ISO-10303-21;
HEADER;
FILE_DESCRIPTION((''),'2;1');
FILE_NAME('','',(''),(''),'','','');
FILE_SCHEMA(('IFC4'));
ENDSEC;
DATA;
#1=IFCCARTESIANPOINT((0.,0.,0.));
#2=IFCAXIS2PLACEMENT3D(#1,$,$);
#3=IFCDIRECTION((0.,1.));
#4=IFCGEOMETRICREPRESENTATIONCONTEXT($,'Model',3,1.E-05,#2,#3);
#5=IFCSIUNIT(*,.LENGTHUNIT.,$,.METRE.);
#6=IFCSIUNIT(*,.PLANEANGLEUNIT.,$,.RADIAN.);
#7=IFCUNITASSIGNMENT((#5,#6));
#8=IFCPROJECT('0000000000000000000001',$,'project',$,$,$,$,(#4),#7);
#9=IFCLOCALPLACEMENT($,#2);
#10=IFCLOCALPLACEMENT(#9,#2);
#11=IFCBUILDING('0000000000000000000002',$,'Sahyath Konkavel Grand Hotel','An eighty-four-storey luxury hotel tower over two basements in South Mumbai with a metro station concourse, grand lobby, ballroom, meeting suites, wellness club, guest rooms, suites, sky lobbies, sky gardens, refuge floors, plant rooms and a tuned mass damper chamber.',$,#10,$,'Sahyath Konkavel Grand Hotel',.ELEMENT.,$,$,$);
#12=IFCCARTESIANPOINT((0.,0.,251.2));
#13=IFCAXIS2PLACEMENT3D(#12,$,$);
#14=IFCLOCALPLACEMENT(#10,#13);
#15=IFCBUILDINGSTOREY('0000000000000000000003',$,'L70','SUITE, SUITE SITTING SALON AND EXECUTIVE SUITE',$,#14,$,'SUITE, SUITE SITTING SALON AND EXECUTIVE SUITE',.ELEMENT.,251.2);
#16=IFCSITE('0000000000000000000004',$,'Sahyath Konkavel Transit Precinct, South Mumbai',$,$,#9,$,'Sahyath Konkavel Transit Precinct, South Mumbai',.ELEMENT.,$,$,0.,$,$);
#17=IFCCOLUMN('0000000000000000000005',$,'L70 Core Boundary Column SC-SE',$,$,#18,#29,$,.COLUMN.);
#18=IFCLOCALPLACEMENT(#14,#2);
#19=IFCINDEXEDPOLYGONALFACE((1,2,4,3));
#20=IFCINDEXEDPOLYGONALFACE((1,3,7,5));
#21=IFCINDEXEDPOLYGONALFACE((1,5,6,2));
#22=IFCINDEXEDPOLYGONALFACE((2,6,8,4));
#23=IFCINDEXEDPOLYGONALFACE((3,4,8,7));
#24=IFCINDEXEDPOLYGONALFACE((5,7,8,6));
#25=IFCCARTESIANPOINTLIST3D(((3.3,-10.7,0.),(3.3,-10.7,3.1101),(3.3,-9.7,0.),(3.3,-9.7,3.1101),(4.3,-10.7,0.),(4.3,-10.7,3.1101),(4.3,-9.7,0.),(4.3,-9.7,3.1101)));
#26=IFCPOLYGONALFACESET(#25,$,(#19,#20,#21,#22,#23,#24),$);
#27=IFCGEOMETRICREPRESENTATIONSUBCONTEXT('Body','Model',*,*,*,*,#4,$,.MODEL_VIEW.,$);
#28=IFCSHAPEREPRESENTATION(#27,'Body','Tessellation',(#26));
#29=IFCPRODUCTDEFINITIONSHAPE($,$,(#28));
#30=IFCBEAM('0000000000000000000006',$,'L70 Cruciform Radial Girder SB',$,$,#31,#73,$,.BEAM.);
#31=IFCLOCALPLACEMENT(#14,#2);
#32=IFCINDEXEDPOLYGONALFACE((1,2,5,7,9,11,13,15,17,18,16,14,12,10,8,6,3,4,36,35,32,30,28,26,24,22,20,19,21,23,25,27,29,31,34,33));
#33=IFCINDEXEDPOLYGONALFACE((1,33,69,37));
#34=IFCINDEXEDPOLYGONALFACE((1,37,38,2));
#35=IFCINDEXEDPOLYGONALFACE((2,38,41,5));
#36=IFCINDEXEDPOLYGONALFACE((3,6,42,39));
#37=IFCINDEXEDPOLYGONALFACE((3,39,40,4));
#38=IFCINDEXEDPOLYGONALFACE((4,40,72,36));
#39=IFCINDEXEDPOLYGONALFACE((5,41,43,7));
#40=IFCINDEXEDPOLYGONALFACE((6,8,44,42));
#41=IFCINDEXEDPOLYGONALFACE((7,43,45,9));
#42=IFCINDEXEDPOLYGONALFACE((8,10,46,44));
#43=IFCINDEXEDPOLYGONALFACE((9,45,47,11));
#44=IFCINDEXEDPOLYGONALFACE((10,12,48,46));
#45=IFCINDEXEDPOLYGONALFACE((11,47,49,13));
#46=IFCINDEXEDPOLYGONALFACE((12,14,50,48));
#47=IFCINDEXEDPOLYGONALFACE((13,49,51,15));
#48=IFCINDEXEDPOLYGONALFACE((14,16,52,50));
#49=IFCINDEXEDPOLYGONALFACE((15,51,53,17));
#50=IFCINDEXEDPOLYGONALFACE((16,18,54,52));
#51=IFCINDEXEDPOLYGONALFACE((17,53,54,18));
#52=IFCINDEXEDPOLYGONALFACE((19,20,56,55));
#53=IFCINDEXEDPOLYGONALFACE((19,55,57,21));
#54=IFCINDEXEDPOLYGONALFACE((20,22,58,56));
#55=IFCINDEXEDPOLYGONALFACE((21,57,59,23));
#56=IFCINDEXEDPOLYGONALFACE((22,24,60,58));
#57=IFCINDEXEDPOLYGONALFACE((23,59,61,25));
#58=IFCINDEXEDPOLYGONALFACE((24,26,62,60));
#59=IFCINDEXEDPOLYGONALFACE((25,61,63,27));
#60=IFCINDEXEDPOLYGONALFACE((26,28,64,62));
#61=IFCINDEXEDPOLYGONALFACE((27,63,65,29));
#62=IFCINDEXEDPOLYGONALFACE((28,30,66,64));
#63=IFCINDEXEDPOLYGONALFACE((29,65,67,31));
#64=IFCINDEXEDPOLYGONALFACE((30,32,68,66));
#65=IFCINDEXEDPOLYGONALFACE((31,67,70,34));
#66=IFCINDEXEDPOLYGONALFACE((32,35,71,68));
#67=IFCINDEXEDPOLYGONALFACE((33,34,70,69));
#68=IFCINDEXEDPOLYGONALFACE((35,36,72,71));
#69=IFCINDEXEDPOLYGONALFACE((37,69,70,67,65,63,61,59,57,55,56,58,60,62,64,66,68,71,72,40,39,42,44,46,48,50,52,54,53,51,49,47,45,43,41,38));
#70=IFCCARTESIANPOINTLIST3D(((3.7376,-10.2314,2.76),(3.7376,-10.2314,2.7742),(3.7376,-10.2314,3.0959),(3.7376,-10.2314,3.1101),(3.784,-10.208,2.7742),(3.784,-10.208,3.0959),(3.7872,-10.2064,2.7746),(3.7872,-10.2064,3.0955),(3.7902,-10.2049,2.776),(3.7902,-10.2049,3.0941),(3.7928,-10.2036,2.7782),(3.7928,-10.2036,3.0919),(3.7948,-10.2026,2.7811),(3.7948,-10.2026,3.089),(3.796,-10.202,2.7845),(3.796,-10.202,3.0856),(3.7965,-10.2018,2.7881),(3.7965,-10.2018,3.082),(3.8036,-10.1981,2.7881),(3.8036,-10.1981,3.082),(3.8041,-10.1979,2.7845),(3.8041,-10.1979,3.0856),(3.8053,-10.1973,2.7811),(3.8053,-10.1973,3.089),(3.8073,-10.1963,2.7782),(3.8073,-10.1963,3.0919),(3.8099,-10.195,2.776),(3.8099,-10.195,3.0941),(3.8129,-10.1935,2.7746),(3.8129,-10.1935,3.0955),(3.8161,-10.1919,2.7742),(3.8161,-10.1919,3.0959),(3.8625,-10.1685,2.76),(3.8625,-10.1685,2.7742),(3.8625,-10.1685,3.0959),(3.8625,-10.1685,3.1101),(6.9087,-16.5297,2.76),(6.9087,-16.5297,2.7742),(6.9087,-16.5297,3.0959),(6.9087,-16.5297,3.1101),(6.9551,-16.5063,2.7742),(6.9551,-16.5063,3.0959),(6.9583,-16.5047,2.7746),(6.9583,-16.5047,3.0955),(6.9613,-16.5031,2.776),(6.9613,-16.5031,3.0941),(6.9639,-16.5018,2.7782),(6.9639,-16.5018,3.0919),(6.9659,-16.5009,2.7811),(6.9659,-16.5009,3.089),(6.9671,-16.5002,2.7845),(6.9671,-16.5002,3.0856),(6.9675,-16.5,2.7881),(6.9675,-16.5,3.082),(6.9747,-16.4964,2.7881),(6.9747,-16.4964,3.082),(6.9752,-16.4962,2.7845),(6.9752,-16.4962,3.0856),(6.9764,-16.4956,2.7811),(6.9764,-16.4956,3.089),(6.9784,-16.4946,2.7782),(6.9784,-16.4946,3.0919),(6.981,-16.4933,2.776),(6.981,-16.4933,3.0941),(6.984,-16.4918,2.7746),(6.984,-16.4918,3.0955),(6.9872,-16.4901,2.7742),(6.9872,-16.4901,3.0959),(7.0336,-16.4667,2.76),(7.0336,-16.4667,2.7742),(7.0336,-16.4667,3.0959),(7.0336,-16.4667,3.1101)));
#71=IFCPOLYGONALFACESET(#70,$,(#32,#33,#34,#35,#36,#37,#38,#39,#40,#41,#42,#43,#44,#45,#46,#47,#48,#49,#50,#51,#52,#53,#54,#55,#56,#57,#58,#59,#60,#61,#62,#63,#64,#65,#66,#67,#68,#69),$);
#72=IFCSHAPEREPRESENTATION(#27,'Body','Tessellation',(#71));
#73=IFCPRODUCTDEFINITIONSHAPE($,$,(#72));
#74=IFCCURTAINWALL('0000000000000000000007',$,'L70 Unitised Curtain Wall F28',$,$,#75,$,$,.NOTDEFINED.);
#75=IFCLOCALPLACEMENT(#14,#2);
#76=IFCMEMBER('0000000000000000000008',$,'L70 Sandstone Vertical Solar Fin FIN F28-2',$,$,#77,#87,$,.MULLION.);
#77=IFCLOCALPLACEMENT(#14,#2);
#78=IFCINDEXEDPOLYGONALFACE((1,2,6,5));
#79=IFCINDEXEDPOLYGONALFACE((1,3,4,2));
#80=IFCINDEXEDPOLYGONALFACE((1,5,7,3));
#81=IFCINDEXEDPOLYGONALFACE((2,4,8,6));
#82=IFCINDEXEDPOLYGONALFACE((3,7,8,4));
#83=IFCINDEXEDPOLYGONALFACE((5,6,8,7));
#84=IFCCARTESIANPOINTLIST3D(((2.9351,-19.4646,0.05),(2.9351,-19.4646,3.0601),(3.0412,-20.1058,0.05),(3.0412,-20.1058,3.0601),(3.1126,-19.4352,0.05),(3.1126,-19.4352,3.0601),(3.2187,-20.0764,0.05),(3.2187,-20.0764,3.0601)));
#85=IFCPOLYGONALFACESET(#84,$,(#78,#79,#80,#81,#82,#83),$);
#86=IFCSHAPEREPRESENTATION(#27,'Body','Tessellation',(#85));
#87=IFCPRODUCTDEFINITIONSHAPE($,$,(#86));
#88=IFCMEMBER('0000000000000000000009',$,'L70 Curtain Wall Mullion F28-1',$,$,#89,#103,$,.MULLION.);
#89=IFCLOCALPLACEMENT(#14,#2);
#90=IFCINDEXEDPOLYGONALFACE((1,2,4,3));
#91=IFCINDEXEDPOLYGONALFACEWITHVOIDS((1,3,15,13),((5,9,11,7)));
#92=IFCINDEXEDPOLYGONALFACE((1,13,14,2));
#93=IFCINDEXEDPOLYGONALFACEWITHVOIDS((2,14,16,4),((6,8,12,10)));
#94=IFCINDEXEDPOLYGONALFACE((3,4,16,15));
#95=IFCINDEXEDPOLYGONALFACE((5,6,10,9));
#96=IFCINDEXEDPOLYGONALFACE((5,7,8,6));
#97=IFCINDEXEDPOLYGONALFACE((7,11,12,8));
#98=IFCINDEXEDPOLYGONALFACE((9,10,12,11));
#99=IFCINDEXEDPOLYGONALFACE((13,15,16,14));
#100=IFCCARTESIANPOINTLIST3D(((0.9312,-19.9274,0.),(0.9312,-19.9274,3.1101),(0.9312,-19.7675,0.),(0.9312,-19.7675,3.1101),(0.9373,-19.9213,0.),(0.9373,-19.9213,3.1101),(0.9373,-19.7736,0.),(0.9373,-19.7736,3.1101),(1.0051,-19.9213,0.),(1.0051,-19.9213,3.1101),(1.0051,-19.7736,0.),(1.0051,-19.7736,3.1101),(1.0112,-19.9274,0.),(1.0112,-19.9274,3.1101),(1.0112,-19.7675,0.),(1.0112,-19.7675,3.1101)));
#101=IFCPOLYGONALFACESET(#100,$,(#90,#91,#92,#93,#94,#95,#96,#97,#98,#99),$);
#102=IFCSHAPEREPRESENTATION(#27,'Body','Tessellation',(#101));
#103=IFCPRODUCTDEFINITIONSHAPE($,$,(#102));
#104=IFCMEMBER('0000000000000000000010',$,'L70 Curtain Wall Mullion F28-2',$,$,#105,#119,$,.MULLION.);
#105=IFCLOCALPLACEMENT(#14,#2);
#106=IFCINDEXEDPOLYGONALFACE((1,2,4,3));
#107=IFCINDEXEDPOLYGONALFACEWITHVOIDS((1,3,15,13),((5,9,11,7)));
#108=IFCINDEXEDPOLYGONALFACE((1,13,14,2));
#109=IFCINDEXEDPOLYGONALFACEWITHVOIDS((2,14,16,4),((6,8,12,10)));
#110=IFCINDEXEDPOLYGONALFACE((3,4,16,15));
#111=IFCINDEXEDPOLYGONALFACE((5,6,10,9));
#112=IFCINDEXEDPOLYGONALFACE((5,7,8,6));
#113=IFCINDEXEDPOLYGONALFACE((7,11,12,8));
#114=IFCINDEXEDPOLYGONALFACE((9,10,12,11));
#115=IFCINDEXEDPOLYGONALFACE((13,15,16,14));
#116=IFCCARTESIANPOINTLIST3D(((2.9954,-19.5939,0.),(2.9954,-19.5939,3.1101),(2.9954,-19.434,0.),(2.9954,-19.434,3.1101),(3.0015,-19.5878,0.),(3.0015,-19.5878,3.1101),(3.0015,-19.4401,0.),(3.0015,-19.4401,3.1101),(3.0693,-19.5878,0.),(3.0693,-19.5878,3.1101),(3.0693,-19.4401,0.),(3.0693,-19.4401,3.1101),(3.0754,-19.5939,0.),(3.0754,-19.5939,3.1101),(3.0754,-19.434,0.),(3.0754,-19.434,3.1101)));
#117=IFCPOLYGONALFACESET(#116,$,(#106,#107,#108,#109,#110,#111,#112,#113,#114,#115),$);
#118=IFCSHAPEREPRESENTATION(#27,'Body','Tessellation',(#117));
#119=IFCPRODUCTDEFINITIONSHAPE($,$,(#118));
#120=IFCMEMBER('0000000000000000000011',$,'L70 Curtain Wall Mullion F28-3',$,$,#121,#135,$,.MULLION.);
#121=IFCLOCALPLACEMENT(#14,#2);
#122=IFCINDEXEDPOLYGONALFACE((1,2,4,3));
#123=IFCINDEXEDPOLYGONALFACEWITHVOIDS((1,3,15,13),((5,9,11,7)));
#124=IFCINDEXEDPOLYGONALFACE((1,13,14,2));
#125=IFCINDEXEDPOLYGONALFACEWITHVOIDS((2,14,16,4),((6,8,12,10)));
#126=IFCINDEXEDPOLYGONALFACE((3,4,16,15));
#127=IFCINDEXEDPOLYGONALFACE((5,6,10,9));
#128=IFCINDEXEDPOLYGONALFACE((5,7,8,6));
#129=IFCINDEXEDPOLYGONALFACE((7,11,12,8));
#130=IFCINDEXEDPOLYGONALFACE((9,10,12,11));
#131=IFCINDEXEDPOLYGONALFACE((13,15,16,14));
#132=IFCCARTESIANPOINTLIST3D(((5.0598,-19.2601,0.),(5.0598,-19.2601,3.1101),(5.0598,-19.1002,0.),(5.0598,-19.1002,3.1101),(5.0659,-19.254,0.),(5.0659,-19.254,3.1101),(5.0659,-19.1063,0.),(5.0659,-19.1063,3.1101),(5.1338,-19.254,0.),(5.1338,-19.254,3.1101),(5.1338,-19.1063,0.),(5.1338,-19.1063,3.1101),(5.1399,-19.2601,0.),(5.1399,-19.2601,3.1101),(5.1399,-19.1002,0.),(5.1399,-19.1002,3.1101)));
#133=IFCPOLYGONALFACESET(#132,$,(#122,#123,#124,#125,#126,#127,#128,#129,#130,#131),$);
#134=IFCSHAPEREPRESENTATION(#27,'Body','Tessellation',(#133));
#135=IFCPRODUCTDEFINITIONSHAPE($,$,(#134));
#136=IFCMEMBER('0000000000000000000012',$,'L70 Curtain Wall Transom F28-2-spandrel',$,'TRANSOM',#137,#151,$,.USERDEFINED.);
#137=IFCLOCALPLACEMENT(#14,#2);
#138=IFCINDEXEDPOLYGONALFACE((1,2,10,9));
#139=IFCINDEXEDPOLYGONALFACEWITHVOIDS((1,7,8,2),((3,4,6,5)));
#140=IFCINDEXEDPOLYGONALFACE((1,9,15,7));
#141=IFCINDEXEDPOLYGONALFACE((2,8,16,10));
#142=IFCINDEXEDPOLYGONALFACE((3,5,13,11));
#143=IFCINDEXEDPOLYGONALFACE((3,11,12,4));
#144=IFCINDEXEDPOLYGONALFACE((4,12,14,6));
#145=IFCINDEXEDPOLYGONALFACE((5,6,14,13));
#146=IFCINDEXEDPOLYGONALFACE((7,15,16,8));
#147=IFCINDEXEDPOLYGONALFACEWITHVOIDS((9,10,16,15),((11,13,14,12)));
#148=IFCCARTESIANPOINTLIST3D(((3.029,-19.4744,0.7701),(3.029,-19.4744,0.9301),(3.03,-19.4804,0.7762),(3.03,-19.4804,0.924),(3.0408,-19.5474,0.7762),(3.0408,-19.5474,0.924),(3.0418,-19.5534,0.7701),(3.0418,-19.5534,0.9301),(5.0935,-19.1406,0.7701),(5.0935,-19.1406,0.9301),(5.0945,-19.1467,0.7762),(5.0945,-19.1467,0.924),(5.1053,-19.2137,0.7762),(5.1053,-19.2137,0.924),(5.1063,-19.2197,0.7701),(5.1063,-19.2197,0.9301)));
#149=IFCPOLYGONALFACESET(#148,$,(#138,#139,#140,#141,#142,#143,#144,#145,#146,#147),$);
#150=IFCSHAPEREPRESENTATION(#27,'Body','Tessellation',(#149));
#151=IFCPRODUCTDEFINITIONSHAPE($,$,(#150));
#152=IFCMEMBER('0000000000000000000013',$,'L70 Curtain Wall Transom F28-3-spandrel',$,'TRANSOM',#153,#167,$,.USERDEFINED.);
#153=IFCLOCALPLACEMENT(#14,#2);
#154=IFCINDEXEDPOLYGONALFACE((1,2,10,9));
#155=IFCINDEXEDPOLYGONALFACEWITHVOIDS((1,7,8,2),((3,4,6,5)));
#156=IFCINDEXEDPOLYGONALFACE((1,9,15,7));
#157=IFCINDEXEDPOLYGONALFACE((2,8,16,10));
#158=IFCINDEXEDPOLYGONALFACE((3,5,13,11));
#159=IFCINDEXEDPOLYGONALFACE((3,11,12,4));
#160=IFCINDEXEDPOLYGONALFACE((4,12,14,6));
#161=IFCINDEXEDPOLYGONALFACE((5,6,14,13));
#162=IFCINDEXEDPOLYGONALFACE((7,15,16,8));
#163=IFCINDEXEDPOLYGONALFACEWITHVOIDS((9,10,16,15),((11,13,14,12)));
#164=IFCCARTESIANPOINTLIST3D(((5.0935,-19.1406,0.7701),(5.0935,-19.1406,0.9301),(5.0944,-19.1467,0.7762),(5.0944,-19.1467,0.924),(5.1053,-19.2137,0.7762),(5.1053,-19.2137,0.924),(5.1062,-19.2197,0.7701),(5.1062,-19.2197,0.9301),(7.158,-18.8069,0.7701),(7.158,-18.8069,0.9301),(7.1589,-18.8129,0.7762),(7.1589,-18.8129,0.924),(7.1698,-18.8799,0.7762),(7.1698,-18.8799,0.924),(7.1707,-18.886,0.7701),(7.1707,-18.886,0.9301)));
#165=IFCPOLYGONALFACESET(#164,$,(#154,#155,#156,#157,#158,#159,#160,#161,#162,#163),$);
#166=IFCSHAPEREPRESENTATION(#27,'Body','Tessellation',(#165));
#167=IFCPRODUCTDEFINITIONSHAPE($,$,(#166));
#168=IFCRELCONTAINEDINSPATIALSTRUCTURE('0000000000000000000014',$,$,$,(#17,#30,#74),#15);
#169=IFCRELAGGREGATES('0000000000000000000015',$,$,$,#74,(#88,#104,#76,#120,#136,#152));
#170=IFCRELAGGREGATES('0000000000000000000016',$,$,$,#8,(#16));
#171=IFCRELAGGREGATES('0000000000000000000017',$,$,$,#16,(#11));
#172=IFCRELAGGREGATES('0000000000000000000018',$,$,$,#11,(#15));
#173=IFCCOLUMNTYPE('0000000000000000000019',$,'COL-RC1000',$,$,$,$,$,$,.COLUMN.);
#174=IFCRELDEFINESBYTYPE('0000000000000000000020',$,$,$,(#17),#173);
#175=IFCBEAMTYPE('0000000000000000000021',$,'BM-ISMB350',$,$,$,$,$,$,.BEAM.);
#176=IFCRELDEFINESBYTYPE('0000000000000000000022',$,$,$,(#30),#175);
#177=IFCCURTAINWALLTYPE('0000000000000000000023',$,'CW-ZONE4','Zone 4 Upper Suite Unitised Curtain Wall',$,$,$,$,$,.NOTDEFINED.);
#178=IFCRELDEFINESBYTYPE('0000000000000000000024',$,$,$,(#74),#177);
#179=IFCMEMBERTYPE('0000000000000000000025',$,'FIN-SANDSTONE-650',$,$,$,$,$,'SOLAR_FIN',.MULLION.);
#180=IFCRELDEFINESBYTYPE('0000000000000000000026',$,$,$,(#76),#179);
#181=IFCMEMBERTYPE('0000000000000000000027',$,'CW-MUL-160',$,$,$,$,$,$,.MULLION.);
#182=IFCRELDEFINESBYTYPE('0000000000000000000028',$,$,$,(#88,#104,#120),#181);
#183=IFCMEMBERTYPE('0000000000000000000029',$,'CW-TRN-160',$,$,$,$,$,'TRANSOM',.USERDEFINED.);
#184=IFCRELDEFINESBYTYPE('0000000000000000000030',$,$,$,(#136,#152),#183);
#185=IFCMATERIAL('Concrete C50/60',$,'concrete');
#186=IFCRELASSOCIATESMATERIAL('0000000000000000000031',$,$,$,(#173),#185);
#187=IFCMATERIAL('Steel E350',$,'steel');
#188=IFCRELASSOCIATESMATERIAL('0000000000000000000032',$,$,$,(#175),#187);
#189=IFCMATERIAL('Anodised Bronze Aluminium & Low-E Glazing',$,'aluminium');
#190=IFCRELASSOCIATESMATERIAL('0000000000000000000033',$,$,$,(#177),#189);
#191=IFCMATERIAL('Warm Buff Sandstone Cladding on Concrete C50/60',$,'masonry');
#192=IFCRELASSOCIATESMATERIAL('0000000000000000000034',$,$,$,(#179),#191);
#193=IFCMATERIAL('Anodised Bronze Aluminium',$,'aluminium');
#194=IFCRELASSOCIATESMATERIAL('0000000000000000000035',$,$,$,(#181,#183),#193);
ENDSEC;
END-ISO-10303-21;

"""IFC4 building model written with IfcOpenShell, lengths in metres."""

from ifc_helpers import new_model, si_unit, direction, frame, origin, origin_2d, place, context, subcontext, project, spatial, rectangle, hollow_rectangle, i_section, extrude, source, transform, mapped, material, material_profile, profile_set, type_object, element, aggregate, save


model = new_model("IFC4")

# Units and contexts
model_context = context("Model", 3, precision=1e-05, world=origin(), true_north=direction((0.0, 1.0)))
body_context = subcontext(model_context, "Body", "Model", "MODEL_VIEW")
ifc_project = project(units=[si_unit("LENGTHUNIT", "METRE"), si_unit("PLANEANGLEUNIT", "RADIAN")], contexts=[model_context])

# Site, building, storey
site_placement = place(None, origin())
site = spatial("IfcSite", under=ifc_project, at=site_placement, Name="Sahyath Konkavel Transit Precinct, South Mumbai", LongName="Sahyath Konkavel Transit Precinct, South Mumbai", CompositionType="ELEMENT", RefElevation=0.0)
building_placement = place(site_placement, origin())
building = spatial("IfcBuilding", under=site, at=building_placement, Name="Sahyath Konkavel Grand Hotel", Description="An eighty-four-storey luxury hotel tower over two basements in South Mumbai with a metro station concourse, grand lobby, ballroom, meeting suites, wellness club, guest rooms, suites, sky lobbies, sky gardens, refuge floors, plant rooms and a tuned mass damper chamber.", LongName="Sahyath Konkavel Grand Hotel", CompositionType="ELEMENT")
storey_placement = place(building_placement, frame((0.0, 0.0, 251.2)))
storey = spatial("IfcBuildingStorey", under=building, at=storey_placement, Name="L70", Description="SUITE, SUITE SITTING SALON AND EXECUTIVE SUITE", LongName="SUITE, SUITE SITTING SALON AND EXECUTIVE SUITE", CompositionType="ELEMENT", Elevation=251.2)

# Column
ifc_material_1 = material(Name="Concrete C50/60", Category="concrete")
ifc_material_profile_1 = material_profile(ifc_material_1, rectangle(XDim=1.0, YDim=1.0, at=origin_2d()), Name="RC 1000x1000")
ifc_profile_set_1 = profile_set([ifc_material_profile_1], Name="Concrete C50/60")
column_type = type_object("IfcColumnType", Name="COL-RC1000", PredefinedType="COLUMN", material=ifc_profile_set_1)
shared_shape_1 = source(origin(), body_context, "Body", "SweptSolid", [
    extrude(rectangle(XDim=1.0, YDim=1.0, at=origin_2d()), origin(), (0.0, 0.0, 1.0), 3.1101),
])
column_placement = place(storey_placement, frame((3.8, -10.2, 0.0), z_axis=(0.0, 0.0, 1.0), x_axis=(1.0, 0.0, 0.0)))
element("IfcColumn", 1, at=column_placement, inside=storey, type_object=column_type, Name="L70 Core Boundary Column SC-SE", PredefinedType="COLUMN", context=body_context, shape_type="MappedRepresentation", body=[
    mapped(shared_shape_1, transform((0.0, 0.0, 0.0), scale=1.0)),
])

# Beam
ifc_material_2 = material(Name="Steel E350", Category="steel")
ifc_material_profile_2 = material_profile(ifc_material_2, i_section(OverallWidth=0.1399, OverallDepth=0.3501, WebThickness=0.0081, FlangeThickness=0.0142, FilletRadius=0.0139, at=origin_2d()), Name="ISMB 350")
ifc_profile_set_2 = profile_set([ifc_material_profile_2], Name="Steel E350")
beam_type_1 = type_object("IfcBeamType", Name="BM-ISMB350", PredefinedType="BEAM", material=ifc_profile_set_2)
shared_shape_2 = source(origin(), body_context, "Body", "SweptSolid", [
    extrude(i_section(OverallWidth=0.1399, OverallDepth=0.3501, WebThickness=0.0081, FlangeThickness=0.0142, FilletRadius=0.0139, at=origin_2d()), origin(), (0.0, 0.0, 1.0), 7.0515),
])
beam_1_placement = place(storey_placement, frame((3.8, -10.2, 2.9351), z_axis=(0.449705, -0.893177, 0.0), x_axis=(0.893177, 0.449705, 0.0)))
element("IfcBeam", 2, at=beam_1_placement, inside=storey, type_object=beam_type_1, Name="L70 Cruciform Radial Girder SB", PredefinedType="BEAM", context=body_context, shape_type="MappedRepresentation", body=[
    mapped(shared_shape_2, transform((0.0, 0.0, 0.0), scale=1.0)),
])

# Curtain wall, members
ifc_material_3 = material(Name="Anodised Bronze Aluminium & Low-E Glazing", Category="aluminium")
curtain_wall_type = type_object("IfcCurtainWallType", Name="CW-ZONE4", Description="Zone 4 Upper Suite Unitised Curtain Wall", PredefinedType="NOTDEFINED", material=ifc_material_3)
curtain_wall_placement = place(storey_placement, origin())
curtain_wall = element("IfcCurtainWall", 3, at=curtain_wall_placement, inside=storey, type_object=curtain_wall_type, Name="L70 Unitised Curtain Wall F28", PredefinedType="NOTDEFINED")
ifc_material_4 = material(Name="Warm Buff Sandstone Cladding on Concrete C50/60", Category="masonry")
ifc_material_profile_3 = material_profile(ifc_material_4, rectangle(XDim=0.1799, YDim=0.6499, at=origin_2d()), Name="FIN 180x650")
ifc_profile_set_3 = profile_set([ifc_material_profile_3], Name="Warm Buff Sandstone Cladding on Concrete C50/60")
member_type_1 = type_object("IfcMemberType", Name="FIN-SANDSTONE-650", ElementType="SOLAR_FIN", PredefinedType="MULLION", material=ifc_profile_set_3)
shared_shape_3 = source(origin(), body_context, "Body", "SweptSolid", [
    extrude(rectangle(XDim=0.1799, YDim=0.6499, at=origin_2d()), origin(), (0.0, 0.0, 1.0), 3.01),
])
member_1_placement = place(storey_placement, frame((3.0769, -19.7705, 0.05), z_axis=(0.0, 0.0, 1.0), x_axis=(0.986572, 0.163326, 0.0)))
member_1 = element("IfcMember", 4, at=member_1_placement, type_object=member_type_1, Name="L70 Sandstone Vertical Solar Fin FIN F28-2", PredefinedType="MULLION", context=body_context, shape_type="MappedRepresentation", body=[
    mapped(shared_shape_3, transform((0.0, 0.0, 0.0), scale=1.0)),
])
ifc_material_5 = material(Name="Anodised Bronze Aluminium", Category="aluminium")
ifc_material_profile_4 = material_profile(ifc_material_5, hollow_rectangle(XDim=0.0801, YDim=0.1599, WallThickness=0.0061, at=origin_2d()), Name="RHS 160x80x6")
ifc_profile_set_4 = profile_set([ifc_material_profile_4], Name="Anodised Bronze Aluminium")
member_type_2 = type_object("IfcMemberType", Name="CW-MUL-160", PredefinedType="MULLION", material=ifc_profile_set_4)
shared_shape_4 = source(origin(), body_context, "Body", "SweptSolid", [
    extrude(hollow_rectangle(XDim=0.0801, YDim=0.1599, WallThickness=0.0061, at=origin_2d()), origin(), (0.0, 0.0, 1.0), 3.1101),
])
member_2_placement = place(storey_placement, frame((0.9712, -19.8474, 0.0), z_axis=(0.0, 0.0, 1.0), x_axis=(1.0, 0.0, 0.0)))
member_2 = element("IfcMember", 5, at=member_2_placement, type_object=member_type_2, Name="L70 Curtain Wall Mullion F28-1", PredefinedType="MULLION", context=body_context, shape_type="MappedRepresentation", body=[
    mapped(shared_shape_4, transform((0.0, 0.0, 0.0), scale=1.0)),
])
member_3_placement = place(storey_placement, frame((3.0354, -19.5139, 0.0), z_axis=(0.0, 0.0, 1.0), x_axis=(1.0, 0.0, 0.0)))
member_3 = element("IfcMember", 6, at=member_3_placement, type_object=member_type_2, Name="L70 Curtain Wall Mullion F28-2", PredefinedType="MULLION", context=body_context, shape_type="MappedRepresentation", body=[
    mapped(shared_shape_4, transform((0.0, 0.0, 0.0), scale=1.0)),
])
member_4_placement = place(storey_placement, frame((5.0999, -19.1802, 0.0), z_axis=(0.0, 0.0, 1.0), x_axis=(1.0, 0.0, 0.0)))
member_4 = element("IfcMember", 7, at=member_4_placement, type_object=member_type_2, Name="L70 Curtain Wall Mullion F28-3", PredefinedType="MULLION", context=body_context, shape_type="MappedRepresentation", body=[
    mapped(shared_shape_4, transform((0.0, 0.0, 0.0), scale=1.0)),
])
ifc_material_profile_5 = material_profile(ifc_material_5, hollow_rectangle(XDim=0.0801, YDim=0.1599, WallThickness=0.0061, at=origin_2d()), Name="RHS 160x80x6")
ifc_profile_set_5 = profile_set([ifc_material_profile_5], Name="Anodised Bronze Aluminium")
member_type_3 = type_object("IfcMemberType", Name="CW-TRN-160", ElementType="TRANSOM", PredefinedType="USERDEFINED", material=ifc_profile_set_5)
shared_shape_5 = source(origin(), body_context, "Body", "SweptSolid", [
    extrude(hollow_rectangle(XDim=0.0801, YDim=0.1599, WallThickness=0.0061, at=origin_2d()), origin(), (0.0, 0.0, 1.0), 2.0913),
])
member_5_placement = place(storey_placement, frame((3.0354, -19.5139, 0.8501), z_axis=(0.987184, 0.159588, 0.0), x_axis=(-0.159588, 0.987184, 0.0)))
member_5 = element("IfcMember", 8, at=member_5_placement, type_object=member_type_3, Name="L70 Curtain Wall Transom F28-2-spandrel", ObjectType="TRANSOM", PredefinedType="USERDEFINED", context=body_context, shape_type="MappedRepresentation", body=[
    mapped(shared_shape_5, transform((0.0, 0.0, 0.0), scale=1.0)),
])
member_6_placement = place(storey_placement, frame((5.0999, -19.1802, 0.8501), z_axis=(0.987184, 0.159588, 0.0), x_axis=(-0.159588, 0.987184, 0.0)))
member_6 = element("IfcMember", 9, at=member_6_placement, type_object=member_type_3, Name="L70 Curtain Wall Transom F28-3-spandrel", ObjectType="TRANSOM", PredefinedType="USERDEFINED", context=body_context, shape_type="MappedRepresentation", body=[
    mapped(shared_shape_5, transform((0.0, 0.0, 0.0), scale=1.0)),
])

aggregate(curtain_wall, [member_2, member_3, member_1, member_4, member_5, member_6])

save(model, "model.ifc")
